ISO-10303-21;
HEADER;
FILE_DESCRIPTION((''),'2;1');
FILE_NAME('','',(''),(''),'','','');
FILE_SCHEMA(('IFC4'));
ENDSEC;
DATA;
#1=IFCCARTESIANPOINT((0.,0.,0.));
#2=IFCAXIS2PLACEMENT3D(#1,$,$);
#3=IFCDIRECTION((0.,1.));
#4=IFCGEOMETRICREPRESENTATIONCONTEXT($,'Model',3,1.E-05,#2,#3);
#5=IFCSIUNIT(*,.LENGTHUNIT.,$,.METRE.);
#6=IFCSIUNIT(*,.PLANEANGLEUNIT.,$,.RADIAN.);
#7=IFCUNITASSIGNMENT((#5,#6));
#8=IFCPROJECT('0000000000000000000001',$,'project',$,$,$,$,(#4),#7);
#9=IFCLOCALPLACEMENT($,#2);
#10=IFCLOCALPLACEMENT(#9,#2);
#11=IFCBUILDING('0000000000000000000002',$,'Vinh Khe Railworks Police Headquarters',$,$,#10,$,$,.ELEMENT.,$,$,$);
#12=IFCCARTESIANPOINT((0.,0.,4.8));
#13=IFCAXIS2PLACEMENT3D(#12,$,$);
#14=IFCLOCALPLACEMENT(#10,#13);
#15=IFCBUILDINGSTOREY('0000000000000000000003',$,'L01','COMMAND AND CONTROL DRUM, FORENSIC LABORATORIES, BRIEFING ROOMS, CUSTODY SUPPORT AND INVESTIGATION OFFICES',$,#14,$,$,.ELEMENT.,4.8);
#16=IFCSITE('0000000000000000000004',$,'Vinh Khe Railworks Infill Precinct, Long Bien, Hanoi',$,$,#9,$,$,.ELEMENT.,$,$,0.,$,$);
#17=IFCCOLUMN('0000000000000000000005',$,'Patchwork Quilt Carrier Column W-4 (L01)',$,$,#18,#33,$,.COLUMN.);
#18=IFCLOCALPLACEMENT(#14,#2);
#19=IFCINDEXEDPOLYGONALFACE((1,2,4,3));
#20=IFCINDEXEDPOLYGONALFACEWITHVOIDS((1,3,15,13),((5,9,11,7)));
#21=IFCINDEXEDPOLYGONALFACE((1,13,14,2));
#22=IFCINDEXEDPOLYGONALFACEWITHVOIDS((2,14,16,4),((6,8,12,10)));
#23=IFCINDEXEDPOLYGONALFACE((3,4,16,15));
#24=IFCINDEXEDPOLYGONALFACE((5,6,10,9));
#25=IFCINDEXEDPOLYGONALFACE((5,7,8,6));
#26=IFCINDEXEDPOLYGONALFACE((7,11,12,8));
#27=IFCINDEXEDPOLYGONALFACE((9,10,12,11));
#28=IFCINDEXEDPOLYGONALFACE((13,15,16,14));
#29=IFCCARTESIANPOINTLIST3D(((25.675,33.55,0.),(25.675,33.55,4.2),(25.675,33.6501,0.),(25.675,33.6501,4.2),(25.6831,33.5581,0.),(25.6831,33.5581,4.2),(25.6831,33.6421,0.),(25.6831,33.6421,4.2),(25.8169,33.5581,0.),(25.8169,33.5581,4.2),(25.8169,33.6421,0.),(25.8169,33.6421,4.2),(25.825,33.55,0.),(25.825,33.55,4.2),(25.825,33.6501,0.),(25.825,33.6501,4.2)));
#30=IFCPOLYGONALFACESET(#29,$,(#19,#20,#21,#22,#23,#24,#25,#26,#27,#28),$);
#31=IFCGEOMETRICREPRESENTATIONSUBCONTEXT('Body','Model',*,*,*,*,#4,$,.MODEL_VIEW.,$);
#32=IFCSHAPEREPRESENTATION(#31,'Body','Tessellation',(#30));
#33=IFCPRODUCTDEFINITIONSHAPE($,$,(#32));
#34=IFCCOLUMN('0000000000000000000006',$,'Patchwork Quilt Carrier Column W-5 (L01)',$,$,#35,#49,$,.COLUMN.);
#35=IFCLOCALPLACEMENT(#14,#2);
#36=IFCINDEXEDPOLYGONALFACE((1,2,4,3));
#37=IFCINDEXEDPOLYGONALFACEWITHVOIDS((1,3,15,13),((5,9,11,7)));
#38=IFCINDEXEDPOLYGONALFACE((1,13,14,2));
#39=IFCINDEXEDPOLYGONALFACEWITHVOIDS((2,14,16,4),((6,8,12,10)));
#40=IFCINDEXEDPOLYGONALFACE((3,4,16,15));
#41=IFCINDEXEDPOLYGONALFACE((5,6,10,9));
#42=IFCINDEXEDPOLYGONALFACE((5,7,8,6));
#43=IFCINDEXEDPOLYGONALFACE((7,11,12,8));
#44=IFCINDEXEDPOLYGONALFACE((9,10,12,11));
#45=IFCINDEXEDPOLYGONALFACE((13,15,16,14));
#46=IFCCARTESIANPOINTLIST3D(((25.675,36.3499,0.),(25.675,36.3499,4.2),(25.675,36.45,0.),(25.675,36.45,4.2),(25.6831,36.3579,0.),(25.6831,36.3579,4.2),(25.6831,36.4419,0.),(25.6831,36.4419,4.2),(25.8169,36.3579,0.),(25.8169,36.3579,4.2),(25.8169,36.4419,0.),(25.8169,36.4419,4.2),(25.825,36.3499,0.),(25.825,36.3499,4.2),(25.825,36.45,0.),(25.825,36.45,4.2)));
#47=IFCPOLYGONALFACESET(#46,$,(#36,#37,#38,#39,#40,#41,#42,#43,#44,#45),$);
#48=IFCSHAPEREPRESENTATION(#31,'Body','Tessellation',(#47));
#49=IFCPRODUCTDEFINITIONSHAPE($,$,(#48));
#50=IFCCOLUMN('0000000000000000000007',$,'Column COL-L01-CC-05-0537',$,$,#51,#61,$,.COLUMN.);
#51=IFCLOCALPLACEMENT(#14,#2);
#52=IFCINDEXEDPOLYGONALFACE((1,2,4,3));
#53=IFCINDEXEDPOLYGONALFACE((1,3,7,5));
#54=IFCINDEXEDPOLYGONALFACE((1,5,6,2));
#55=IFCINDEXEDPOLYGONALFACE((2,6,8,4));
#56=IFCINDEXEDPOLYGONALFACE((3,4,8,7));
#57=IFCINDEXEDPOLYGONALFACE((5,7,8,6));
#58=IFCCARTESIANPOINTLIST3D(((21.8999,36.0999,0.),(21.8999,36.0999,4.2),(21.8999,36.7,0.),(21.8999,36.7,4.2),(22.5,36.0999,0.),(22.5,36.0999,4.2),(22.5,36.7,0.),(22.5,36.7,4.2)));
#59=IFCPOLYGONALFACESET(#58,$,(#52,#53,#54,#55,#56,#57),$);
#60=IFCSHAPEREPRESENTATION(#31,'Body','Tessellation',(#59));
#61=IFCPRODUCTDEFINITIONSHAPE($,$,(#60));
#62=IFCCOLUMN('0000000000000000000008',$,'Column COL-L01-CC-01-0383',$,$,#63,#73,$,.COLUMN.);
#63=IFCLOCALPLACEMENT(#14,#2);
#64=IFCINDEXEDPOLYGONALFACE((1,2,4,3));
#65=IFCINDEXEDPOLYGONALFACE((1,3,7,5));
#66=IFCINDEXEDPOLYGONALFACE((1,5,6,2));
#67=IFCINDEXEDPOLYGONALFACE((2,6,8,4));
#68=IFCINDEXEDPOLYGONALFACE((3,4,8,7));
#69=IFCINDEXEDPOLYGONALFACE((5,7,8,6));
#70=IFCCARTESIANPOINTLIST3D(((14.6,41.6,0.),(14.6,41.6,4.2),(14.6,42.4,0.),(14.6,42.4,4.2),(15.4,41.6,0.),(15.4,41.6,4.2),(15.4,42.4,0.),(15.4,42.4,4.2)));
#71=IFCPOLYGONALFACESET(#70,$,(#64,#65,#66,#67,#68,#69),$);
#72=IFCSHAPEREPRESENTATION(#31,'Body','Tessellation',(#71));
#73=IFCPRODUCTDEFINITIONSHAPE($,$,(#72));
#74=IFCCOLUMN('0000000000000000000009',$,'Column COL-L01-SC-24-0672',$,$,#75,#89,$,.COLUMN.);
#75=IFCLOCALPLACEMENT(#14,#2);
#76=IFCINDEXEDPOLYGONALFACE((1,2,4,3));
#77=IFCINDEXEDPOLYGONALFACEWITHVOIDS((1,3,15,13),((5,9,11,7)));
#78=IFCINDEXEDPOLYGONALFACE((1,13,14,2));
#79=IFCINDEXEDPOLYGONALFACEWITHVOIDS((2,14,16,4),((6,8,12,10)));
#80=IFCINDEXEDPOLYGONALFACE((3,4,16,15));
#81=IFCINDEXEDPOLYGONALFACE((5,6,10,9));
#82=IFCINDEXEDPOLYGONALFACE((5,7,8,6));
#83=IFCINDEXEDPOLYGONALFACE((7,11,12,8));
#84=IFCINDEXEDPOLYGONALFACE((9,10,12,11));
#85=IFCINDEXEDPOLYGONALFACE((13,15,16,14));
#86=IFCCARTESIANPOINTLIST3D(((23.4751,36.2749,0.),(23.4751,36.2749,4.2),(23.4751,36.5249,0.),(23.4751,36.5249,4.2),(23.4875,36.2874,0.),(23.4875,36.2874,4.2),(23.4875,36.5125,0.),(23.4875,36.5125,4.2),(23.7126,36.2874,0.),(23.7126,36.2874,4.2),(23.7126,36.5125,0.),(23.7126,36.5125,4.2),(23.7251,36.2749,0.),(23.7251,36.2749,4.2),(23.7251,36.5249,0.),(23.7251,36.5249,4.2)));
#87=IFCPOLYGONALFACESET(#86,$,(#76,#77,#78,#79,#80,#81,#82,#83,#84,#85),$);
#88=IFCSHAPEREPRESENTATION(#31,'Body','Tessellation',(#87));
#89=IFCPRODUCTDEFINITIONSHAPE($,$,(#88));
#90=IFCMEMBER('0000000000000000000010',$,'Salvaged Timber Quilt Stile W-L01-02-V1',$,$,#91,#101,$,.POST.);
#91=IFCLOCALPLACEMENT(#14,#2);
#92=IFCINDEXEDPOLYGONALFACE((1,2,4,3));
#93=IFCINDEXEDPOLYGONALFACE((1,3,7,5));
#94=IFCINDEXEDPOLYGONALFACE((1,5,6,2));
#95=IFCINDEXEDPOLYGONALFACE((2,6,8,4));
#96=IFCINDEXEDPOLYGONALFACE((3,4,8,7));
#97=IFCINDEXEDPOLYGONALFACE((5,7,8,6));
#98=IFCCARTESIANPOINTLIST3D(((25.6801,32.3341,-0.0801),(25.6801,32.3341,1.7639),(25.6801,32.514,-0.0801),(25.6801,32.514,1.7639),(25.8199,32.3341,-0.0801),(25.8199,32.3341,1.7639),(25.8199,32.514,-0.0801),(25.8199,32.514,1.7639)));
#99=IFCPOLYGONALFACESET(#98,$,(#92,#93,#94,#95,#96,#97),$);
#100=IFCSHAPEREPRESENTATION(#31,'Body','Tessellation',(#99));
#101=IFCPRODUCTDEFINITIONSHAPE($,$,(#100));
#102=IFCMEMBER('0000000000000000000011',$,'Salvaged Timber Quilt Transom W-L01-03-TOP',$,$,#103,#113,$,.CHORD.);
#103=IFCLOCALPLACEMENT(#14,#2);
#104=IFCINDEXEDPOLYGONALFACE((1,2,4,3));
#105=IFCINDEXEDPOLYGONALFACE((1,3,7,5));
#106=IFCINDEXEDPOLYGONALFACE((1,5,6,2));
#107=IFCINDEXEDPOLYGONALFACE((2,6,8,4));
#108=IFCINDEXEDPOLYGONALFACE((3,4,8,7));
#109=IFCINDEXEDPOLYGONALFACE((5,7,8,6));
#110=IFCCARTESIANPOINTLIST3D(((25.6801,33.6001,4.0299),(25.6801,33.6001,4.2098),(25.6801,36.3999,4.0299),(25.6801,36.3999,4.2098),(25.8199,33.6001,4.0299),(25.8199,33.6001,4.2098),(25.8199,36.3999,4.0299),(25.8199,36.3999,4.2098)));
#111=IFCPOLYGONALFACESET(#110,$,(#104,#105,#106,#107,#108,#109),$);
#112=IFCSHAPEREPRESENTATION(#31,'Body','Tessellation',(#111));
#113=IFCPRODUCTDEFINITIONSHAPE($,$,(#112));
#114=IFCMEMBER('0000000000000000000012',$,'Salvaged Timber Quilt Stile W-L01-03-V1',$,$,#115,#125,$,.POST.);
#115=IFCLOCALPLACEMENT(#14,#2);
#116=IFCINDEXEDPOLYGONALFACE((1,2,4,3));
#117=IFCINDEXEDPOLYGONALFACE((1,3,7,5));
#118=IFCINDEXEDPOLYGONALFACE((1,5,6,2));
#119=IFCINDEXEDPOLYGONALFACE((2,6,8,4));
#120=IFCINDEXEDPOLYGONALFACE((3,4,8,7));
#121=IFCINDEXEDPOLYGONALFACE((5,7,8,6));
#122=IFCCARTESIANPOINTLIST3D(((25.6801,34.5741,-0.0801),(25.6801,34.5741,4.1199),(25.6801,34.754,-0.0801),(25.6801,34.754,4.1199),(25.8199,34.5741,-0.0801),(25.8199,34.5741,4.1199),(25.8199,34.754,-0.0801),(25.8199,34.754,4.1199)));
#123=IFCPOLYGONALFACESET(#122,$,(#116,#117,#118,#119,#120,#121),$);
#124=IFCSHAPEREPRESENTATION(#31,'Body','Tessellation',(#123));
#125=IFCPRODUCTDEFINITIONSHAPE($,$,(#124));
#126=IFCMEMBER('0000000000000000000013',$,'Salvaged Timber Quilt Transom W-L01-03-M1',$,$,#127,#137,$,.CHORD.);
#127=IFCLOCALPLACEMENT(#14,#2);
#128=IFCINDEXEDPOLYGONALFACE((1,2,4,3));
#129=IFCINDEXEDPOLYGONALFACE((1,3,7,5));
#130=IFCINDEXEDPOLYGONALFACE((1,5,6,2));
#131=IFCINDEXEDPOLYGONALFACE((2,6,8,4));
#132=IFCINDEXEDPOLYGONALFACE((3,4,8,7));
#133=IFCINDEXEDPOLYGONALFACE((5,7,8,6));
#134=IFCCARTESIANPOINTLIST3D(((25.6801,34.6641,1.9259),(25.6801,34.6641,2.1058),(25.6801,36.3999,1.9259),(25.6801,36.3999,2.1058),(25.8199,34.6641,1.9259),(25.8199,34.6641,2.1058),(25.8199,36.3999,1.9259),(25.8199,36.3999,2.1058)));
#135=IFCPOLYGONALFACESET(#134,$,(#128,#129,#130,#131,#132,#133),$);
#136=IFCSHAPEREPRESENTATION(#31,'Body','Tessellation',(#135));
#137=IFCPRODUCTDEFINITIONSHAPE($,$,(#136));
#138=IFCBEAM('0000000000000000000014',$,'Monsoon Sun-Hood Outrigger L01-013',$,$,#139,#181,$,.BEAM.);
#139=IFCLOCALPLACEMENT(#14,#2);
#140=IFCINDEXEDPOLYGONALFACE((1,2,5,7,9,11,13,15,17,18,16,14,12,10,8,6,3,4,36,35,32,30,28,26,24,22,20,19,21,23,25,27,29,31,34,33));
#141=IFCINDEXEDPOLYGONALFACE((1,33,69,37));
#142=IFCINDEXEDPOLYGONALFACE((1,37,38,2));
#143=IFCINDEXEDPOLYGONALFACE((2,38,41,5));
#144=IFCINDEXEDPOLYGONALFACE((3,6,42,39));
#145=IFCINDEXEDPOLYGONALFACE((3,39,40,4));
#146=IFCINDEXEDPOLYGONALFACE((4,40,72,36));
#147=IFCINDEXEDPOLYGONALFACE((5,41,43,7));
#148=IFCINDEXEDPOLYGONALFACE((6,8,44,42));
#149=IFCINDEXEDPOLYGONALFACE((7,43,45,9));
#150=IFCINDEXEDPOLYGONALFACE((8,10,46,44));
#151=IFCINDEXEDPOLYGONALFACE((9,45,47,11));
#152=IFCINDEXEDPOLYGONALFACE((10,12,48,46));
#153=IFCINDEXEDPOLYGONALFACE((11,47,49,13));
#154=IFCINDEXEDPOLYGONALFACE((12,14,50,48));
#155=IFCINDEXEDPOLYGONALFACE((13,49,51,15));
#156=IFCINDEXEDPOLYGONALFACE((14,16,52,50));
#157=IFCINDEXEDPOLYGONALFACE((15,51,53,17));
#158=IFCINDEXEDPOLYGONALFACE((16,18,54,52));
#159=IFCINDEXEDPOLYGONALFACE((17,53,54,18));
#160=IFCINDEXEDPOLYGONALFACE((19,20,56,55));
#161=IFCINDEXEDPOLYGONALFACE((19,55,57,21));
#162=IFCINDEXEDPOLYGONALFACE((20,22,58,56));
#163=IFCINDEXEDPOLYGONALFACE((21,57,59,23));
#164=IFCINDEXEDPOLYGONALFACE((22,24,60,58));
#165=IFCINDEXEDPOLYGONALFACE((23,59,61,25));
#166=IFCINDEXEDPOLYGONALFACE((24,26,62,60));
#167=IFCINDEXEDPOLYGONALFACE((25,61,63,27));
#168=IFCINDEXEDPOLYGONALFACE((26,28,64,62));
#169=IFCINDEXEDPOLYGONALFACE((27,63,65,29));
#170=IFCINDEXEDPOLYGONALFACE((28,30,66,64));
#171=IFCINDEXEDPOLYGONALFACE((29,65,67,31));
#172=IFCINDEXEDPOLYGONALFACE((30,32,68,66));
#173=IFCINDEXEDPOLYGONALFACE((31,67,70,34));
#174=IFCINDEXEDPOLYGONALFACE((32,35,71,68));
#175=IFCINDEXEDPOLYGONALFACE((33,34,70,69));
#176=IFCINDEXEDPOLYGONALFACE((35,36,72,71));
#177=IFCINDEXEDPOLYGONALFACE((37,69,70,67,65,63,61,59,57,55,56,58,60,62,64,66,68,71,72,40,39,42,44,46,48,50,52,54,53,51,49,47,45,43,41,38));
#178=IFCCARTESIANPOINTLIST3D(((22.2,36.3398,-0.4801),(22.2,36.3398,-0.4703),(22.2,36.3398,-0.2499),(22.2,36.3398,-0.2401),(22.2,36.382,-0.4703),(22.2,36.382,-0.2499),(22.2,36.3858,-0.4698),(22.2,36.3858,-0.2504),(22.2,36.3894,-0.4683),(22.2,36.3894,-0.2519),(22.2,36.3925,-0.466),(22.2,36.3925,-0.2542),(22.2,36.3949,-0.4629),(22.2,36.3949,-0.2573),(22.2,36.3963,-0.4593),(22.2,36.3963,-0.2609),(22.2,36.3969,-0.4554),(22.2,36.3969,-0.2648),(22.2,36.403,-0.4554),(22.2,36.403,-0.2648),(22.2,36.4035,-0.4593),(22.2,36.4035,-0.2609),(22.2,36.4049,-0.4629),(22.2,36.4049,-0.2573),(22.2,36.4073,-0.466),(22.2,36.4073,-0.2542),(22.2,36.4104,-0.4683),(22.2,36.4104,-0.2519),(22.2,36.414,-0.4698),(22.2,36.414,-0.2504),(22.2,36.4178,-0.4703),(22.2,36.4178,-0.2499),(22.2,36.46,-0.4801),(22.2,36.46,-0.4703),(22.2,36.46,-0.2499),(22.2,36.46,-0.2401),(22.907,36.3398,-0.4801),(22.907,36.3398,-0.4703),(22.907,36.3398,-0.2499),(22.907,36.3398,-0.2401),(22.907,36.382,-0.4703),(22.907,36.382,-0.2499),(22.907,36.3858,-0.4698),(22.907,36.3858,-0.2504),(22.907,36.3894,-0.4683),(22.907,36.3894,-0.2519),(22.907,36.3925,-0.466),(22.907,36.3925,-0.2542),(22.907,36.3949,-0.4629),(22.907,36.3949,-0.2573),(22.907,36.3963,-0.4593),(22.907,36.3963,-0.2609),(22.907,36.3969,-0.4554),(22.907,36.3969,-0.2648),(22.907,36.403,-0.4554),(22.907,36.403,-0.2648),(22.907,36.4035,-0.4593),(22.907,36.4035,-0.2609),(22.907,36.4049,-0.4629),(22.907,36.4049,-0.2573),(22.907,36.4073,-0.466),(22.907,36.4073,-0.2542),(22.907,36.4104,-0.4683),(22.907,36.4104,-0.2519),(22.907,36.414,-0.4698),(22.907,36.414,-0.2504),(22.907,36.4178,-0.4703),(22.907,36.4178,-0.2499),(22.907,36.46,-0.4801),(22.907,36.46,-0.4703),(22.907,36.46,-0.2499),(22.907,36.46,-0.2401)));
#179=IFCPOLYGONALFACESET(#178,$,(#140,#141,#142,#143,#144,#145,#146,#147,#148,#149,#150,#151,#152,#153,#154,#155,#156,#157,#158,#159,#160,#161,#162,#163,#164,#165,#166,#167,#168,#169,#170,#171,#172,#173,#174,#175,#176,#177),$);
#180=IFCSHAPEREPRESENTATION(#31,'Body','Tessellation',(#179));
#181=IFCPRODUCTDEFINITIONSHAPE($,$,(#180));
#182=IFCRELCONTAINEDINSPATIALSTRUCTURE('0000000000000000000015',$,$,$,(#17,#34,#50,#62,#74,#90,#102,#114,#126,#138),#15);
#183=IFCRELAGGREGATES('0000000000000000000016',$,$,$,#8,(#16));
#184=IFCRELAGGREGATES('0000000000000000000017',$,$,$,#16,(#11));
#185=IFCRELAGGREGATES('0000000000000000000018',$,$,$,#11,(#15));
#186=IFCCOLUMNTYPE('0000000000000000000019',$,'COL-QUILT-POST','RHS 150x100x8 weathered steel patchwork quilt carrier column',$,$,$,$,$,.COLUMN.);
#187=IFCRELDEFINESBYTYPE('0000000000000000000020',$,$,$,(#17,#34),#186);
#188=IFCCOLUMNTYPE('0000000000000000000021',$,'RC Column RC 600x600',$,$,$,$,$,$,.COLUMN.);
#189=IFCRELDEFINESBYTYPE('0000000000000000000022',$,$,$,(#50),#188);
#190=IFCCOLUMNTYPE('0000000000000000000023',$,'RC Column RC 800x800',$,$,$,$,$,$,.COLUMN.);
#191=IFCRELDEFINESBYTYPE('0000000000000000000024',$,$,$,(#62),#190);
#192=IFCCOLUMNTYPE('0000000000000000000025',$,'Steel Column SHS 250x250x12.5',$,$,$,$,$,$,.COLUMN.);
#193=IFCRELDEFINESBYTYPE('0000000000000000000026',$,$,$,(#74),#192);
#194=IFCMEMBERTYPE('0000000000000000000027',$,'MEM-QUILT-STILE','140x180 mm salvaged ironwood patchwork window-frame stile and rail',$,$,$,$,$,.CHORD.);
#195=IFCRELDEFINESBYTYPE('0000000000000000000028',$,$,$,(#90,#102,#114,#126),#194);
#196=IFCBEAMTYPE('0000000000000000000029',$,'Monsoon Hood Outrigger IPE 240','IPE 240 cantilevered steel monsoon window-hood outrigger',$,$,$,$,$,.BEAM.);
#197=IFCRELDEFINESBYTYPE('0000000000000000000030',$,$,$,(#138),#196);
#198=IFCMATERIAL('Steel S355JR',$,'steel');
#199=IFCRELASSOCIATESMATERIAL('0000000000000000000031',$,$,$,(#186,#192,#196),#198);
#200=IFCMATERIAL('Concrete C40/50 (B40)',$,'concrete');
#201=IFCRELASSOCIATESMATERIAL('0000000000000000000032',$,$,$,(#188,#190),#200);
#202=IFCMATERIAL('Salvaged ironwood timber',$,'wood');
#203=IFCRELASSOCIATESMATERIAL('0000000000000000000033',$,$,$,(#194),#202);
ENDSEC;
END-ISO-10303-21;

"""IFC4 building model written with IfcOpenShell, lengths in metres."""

from ifc_helpers import new_model, si_unit, direction, frame, origin, origin_2d, place, context, subcontext, project, spatial, rectangle, hollow_rectangle, i_section, extrude, material, material_profile, profile_set, type_object, element, save


model = new_model("IFC4")

# Units and contexts
model_context = context("Model", 3, precision=1e-05, world=origin(), true_north=direction((0.0, 1.0)))
body_context = subcontext(model_context, "Body", "Model", "MODEL_VIEW")
ifc_project = project(units=[si_unit("LENGTHUNIT", "METRE"), si_unit("PLANEANGLEUNIT", "RADIAN")], contexts=[model_context])

# Site, building, storey
site_placement = place(None, origin())
site = spatial("IfcSite", under=ifc_project, at=site_placement, Name="Vinh Khe Railworks Infill Precinct, Long Bien, Hanoi", CompositionType="ELEMENT", RefElevation=0.0)
building_placement = place(site_placement, origin())
building = spatial("IfcBuilding", under=site, at=building_placement, Name="Vinh Khe Railworks Police Headquarters", CompositionType="ELEMENT")
storey_placement = place(building_placement, frame((0.0, 0.0, 4.8)))
storey = spatial("IfcBuildingStorey", under=building, at=storey_placement, Name="L01", Description="COMMAND AND CONTROL DRUM, FORENSIC LABORATORIES, BRIEFING ROOMS, CUSTODY SUPPORT AND INVESTIGATION OFFICES", CompositionType="ELEMENT", Elevation=4.8)

# Columns
ifc_material_1 = material(Name="Steel S355JR", Category="steel")
ifc_material_profile_1 = material_profile(ifc_material_1, hollow_rectangle(XDim=0.1499, YDim=0.1001, WallThickness=0.0081, at=origin_2d()), Name="RHS 150x100x8")
ifc_profile_set_1 = profile_set([ifc_material_profile_1], Name="Steel S355JR")
column_type_1 = type_object("IfcColumnType", Name="COL-QUILT-POST", Description="RHS 150x100x8 weathered steel patchwork quilt carrier column", PredefinedType="COLUMN", material=ifc_profile_set_1)
for number, where, z_axis, x_axis, name in (
    (1, (25.75, 33.6001, 0.0), (0.0, 0.0, 1.0), (1.0, 0.0, 0.0), "Patchwork Quilt Carrier Column W-4 (L01)"),
    (2, (25.75, 36.3999, 0.0), (0.0, 0.0, 1.0), (1.0, 0.0, 0.0), "Patchwork Quilt Carrier Column W-5 (L01)"),
):
    element("IfcColumn", number, at=place(storey_placement, frame(where, z_axis=z_axis, x_axis=x_axis)), inside=storey, type_object=column_type_1, Name=name, PredefinedType="COLUMN", context=body_context, shape_type="SweptSolid", body=[
        extrude(hollow_rectangle(XDim=0.1499, YDim=0.1001, WallThickness=0.0081, at=origin_2d()), origin(), (0.0, 0.0, 1.0), 4.2),
    ])
ifc_material_2 = material(Name="Concrete C40/50 (B40)", Category="concrete")
ifc_material_profile_2 = material_profile(ifc_material_2, rectangle(XDim=0.6001, YDim=0.6001, at=origin_2d()), Name="RC 600x600")
ifc_profile_set_2 = profile_set([ifc_material_profile_2], Name="Concrete C40/50 (B40)")
column_type_2 = type_object("IfcColumnType", Name="RC Column RC 600x600", PredefinedType="COLUMN", material=ifc_profile_set_2)
column_1_placement = place(storey_placement, frame((22.2, 36.3999, 0.0), z_axis=(0.0, 0.0, 1.0), x_axis=(1.0, 0.0, 0.0)))
element("IfcColumn", 3, at=column_1_placement, inside=storey, type_object=column_type_2, Name="Column COL-L01-CC-05-0537", PredefinedType="COLUMN", context=body_context, shape_type="SweptSolid", body=[
    extrude(rectangle(XDim=0.6001, YDim=0.6001, at=origin_2d()), origin(), (0.0, 0.0, 1.0), 4.2),
])
ifc_material_profile_3 = material_profile(ifc_material_2, rectangle(XDim=0.8, YDim=0.8, at=origin_2d()), Name="RC 800x800")
ifc_profile_set_3 = profile_set([ifc_material_profile_3], Name="Concrete C40/50 (B40)")
column_type_3 = type_object("IfcColumnType", Name="RC Column RC 800x800", PredefinedType="COLUMN", material=ifc_profile_set_3)
column_2_placement = place(storey_placement, frame((15.0, 42.0, 0.0), z_axis=(0.0, 0.0, 1.0), x_axis=(1.0, 0.0, 0.0)))
element("IfcColumn", 4, at=column_2_placement, inside=storey, type_object=column_type_3, Name="Column COL-L01-CC-01-0383", PredefinedType="COLUMN", context=body_context, shape_type="SweptSolid", body=[
    extrude(rectangle(XDim=0.8, YDim=0.8, at=origin_2d()), origin(), (0.0, 0.0, 1.0), 4.2),
])
ifc_material_profile_4 = material_profile(ifc_material_1, hollow_rectangle(XDim=0.25, YDim=0.25, WallThickness=0.0125, at=origin_2d()), Name="SHS 250x250x12.5")
ifc_profile_set_4 = profile_set([ifc_material_profile_4], Name="Steel S355JR")
column_type_4 = type_object("IfcColumnType", Name="Steel Column SHS 250x250x12.5", PredefinedType="COLUMN", material=ifc_profile_set_4)
column_3_placement = place(storey_placement, frame((23.6001, 36.3999, 0.0), z_axis=(0.0, 0.0, 1.0), x_axis=(1.0, 0.0, 0.0)))
element("IfcColumn", 5, at=column_3_placement, inside=storey, type_object=column_type_4, Name="Column COL-L01-SC-24-0672", PredefinedType="COLUMN", context=body_context, shape_type="SweptSolid", body=[
    extrude(hollow_rectangle(XDim=0.25, YDim=0.25, WallThickness=0.0125, at=origin_2d()), origin(), (0.0, 0.0, 1.0), 4.2),
])

# Members
ifc_material_3 = material(Name="Salvaged ironwood timber", Category="wood")
ifc_material_profile_5 = material_profile(ifc_material_3, rectangle(XDim=0.1399, YDim=0.1799, at=origin_2d()), Name="TIMBER 140x180")
ifc_profile_set_5 = profile_set([ifc_material_profile_5], Name="Salvaged ironwood timber")
member_type = type_object("IfcMemberType", Name="MEM-QUILT-STILE", Description="140x180 mm salvaged ironwood patchwork window-frame stile and rail", PredefinedType="CHORD", material=ifc_profile_set_5)
member_1_placement = place(storey_placement, frame((25.75, 32.4241, -0.0801), z_axis=(0.0, 0.0, 1.0), x_axis=(1.0, 0.0, 0.0)))
element("IfcMember", 6, at=member_1_placement, inside=storey, type_object=member_type, Name="Salvaged Timber Quilt Stile W-L01-02-V1", PredefinedType="POST", context=body_context, shape_type="SweptSolid", body=[
    extrude(rectangle(XDim=0.1399, YDim=0.1799, at=origin_2d()), origin(), (0.0, 0.0, 1.0), 1.844),
])
member_2_placement = place(storey_placement, frame((25.75, 33.6001, 4.1199), z_axis=(0.0, 1.0, 0.0), x_axis=(-1.0, 0.0, 0.0)))
element("IfcMember", 7, at=member_2_placement, inside=storey, type_object=member_type, Name="Salvaged Timber Quilt Transom W-L01-03-TOP", PredefinedType="CHORD", context=body_context, shape_type="SweptSolid", body=[
    extrude(rectangle(XDim=0.1399, YDim=0.1799, at=origin_2d()), origin(), (0.0, 0.0, 1.0), 2.7998),
])
member_3_placement = place(storey_placement, frame((25.75, 34.6641, -0.0801), z_axis=(0.0, 0.0, 1.0), x_axis=(1.0, 0.0, 0.0)))
element("IfcMember", 8, at=member_3_placement, inside=storey, type_object=member_type, Name="Salvaged Timber Quilt Stile W-L01-03-V1", PredefinedType="POST", context=body_context, shape_type="SweptSolid", body=[
    extrude(rectangle(XDim=0.1399, YDim=0.1799, at=origin_2d()), origin(), (0.0, 0.0, 1.0), 4.2),
])
member_4_placement = place(storey_placement, frame((25.75, 34.6641, 2.0159), z_axis=(0.0, 1.0, 0.0), x_axis=(-1.0, 0.0, 0.0)))
element("IfcMember", 9, at=member_4_placement, inside=storey, type_object=member_type, Name="Salvaged Timber Quilt Transom W-L01-03-M1", PredefinedType="CHORD", context=body_context, shape_type="SweptSolid", body=[
    extrude(rectangle(XDim=0.1399, YDim=0.1799, at=origin_2d()), origin(), (0.0, 0.0, 1.0), 1.7358),
])

# Beam
ifc_material_profile_6 = material_profile(ifc_material_1, i_section(OverallWidth=0.1201, OverallDepth=0.24, WebThickness=0.0061, FlangeThickness=0.0098, FilletRadius=0.0149, at=origin_2d()), Name="IPE 240")
ifc_profile_set_6 = profile_set([ifc_material_profile_6], Name="Steel S355JR")
beam_type_1 = type_object("IfcBeamType", Name="Monsoon Hood Outrigger IPE 240", Description="IPE 240 cantilevered steel monsoon window-hood outrigger", PredefinedType="BEAM", material=ifc_profile_set_6)
beam_1_placement = place(storey_placement, frame((22.2, 36.3999, -0.3601), z_axis=(1.0, 0.0, 0.0), x_axis=(0.0, 1.0, 0.0)))
element("IfcBeam", 10, at=beam_1_placement, inside=storey, type_object=beam_type_1, Name="Monsoon Sun-Hood Outrigger L01-013", PredefinedType="BEAM", context=body_context, shape_type="SweptSolid", body=[
    extrude(i_section(OverallWidth=0.1201, OverallDepth=0.24, WebThickness=0.0061, FlangeThickness=0.0098, FilletRadius=0.0149, at=origin_2d()), origin(), (0.0, 0.0, 1.0), 0.707),
])

save(model, "model.ifc")
